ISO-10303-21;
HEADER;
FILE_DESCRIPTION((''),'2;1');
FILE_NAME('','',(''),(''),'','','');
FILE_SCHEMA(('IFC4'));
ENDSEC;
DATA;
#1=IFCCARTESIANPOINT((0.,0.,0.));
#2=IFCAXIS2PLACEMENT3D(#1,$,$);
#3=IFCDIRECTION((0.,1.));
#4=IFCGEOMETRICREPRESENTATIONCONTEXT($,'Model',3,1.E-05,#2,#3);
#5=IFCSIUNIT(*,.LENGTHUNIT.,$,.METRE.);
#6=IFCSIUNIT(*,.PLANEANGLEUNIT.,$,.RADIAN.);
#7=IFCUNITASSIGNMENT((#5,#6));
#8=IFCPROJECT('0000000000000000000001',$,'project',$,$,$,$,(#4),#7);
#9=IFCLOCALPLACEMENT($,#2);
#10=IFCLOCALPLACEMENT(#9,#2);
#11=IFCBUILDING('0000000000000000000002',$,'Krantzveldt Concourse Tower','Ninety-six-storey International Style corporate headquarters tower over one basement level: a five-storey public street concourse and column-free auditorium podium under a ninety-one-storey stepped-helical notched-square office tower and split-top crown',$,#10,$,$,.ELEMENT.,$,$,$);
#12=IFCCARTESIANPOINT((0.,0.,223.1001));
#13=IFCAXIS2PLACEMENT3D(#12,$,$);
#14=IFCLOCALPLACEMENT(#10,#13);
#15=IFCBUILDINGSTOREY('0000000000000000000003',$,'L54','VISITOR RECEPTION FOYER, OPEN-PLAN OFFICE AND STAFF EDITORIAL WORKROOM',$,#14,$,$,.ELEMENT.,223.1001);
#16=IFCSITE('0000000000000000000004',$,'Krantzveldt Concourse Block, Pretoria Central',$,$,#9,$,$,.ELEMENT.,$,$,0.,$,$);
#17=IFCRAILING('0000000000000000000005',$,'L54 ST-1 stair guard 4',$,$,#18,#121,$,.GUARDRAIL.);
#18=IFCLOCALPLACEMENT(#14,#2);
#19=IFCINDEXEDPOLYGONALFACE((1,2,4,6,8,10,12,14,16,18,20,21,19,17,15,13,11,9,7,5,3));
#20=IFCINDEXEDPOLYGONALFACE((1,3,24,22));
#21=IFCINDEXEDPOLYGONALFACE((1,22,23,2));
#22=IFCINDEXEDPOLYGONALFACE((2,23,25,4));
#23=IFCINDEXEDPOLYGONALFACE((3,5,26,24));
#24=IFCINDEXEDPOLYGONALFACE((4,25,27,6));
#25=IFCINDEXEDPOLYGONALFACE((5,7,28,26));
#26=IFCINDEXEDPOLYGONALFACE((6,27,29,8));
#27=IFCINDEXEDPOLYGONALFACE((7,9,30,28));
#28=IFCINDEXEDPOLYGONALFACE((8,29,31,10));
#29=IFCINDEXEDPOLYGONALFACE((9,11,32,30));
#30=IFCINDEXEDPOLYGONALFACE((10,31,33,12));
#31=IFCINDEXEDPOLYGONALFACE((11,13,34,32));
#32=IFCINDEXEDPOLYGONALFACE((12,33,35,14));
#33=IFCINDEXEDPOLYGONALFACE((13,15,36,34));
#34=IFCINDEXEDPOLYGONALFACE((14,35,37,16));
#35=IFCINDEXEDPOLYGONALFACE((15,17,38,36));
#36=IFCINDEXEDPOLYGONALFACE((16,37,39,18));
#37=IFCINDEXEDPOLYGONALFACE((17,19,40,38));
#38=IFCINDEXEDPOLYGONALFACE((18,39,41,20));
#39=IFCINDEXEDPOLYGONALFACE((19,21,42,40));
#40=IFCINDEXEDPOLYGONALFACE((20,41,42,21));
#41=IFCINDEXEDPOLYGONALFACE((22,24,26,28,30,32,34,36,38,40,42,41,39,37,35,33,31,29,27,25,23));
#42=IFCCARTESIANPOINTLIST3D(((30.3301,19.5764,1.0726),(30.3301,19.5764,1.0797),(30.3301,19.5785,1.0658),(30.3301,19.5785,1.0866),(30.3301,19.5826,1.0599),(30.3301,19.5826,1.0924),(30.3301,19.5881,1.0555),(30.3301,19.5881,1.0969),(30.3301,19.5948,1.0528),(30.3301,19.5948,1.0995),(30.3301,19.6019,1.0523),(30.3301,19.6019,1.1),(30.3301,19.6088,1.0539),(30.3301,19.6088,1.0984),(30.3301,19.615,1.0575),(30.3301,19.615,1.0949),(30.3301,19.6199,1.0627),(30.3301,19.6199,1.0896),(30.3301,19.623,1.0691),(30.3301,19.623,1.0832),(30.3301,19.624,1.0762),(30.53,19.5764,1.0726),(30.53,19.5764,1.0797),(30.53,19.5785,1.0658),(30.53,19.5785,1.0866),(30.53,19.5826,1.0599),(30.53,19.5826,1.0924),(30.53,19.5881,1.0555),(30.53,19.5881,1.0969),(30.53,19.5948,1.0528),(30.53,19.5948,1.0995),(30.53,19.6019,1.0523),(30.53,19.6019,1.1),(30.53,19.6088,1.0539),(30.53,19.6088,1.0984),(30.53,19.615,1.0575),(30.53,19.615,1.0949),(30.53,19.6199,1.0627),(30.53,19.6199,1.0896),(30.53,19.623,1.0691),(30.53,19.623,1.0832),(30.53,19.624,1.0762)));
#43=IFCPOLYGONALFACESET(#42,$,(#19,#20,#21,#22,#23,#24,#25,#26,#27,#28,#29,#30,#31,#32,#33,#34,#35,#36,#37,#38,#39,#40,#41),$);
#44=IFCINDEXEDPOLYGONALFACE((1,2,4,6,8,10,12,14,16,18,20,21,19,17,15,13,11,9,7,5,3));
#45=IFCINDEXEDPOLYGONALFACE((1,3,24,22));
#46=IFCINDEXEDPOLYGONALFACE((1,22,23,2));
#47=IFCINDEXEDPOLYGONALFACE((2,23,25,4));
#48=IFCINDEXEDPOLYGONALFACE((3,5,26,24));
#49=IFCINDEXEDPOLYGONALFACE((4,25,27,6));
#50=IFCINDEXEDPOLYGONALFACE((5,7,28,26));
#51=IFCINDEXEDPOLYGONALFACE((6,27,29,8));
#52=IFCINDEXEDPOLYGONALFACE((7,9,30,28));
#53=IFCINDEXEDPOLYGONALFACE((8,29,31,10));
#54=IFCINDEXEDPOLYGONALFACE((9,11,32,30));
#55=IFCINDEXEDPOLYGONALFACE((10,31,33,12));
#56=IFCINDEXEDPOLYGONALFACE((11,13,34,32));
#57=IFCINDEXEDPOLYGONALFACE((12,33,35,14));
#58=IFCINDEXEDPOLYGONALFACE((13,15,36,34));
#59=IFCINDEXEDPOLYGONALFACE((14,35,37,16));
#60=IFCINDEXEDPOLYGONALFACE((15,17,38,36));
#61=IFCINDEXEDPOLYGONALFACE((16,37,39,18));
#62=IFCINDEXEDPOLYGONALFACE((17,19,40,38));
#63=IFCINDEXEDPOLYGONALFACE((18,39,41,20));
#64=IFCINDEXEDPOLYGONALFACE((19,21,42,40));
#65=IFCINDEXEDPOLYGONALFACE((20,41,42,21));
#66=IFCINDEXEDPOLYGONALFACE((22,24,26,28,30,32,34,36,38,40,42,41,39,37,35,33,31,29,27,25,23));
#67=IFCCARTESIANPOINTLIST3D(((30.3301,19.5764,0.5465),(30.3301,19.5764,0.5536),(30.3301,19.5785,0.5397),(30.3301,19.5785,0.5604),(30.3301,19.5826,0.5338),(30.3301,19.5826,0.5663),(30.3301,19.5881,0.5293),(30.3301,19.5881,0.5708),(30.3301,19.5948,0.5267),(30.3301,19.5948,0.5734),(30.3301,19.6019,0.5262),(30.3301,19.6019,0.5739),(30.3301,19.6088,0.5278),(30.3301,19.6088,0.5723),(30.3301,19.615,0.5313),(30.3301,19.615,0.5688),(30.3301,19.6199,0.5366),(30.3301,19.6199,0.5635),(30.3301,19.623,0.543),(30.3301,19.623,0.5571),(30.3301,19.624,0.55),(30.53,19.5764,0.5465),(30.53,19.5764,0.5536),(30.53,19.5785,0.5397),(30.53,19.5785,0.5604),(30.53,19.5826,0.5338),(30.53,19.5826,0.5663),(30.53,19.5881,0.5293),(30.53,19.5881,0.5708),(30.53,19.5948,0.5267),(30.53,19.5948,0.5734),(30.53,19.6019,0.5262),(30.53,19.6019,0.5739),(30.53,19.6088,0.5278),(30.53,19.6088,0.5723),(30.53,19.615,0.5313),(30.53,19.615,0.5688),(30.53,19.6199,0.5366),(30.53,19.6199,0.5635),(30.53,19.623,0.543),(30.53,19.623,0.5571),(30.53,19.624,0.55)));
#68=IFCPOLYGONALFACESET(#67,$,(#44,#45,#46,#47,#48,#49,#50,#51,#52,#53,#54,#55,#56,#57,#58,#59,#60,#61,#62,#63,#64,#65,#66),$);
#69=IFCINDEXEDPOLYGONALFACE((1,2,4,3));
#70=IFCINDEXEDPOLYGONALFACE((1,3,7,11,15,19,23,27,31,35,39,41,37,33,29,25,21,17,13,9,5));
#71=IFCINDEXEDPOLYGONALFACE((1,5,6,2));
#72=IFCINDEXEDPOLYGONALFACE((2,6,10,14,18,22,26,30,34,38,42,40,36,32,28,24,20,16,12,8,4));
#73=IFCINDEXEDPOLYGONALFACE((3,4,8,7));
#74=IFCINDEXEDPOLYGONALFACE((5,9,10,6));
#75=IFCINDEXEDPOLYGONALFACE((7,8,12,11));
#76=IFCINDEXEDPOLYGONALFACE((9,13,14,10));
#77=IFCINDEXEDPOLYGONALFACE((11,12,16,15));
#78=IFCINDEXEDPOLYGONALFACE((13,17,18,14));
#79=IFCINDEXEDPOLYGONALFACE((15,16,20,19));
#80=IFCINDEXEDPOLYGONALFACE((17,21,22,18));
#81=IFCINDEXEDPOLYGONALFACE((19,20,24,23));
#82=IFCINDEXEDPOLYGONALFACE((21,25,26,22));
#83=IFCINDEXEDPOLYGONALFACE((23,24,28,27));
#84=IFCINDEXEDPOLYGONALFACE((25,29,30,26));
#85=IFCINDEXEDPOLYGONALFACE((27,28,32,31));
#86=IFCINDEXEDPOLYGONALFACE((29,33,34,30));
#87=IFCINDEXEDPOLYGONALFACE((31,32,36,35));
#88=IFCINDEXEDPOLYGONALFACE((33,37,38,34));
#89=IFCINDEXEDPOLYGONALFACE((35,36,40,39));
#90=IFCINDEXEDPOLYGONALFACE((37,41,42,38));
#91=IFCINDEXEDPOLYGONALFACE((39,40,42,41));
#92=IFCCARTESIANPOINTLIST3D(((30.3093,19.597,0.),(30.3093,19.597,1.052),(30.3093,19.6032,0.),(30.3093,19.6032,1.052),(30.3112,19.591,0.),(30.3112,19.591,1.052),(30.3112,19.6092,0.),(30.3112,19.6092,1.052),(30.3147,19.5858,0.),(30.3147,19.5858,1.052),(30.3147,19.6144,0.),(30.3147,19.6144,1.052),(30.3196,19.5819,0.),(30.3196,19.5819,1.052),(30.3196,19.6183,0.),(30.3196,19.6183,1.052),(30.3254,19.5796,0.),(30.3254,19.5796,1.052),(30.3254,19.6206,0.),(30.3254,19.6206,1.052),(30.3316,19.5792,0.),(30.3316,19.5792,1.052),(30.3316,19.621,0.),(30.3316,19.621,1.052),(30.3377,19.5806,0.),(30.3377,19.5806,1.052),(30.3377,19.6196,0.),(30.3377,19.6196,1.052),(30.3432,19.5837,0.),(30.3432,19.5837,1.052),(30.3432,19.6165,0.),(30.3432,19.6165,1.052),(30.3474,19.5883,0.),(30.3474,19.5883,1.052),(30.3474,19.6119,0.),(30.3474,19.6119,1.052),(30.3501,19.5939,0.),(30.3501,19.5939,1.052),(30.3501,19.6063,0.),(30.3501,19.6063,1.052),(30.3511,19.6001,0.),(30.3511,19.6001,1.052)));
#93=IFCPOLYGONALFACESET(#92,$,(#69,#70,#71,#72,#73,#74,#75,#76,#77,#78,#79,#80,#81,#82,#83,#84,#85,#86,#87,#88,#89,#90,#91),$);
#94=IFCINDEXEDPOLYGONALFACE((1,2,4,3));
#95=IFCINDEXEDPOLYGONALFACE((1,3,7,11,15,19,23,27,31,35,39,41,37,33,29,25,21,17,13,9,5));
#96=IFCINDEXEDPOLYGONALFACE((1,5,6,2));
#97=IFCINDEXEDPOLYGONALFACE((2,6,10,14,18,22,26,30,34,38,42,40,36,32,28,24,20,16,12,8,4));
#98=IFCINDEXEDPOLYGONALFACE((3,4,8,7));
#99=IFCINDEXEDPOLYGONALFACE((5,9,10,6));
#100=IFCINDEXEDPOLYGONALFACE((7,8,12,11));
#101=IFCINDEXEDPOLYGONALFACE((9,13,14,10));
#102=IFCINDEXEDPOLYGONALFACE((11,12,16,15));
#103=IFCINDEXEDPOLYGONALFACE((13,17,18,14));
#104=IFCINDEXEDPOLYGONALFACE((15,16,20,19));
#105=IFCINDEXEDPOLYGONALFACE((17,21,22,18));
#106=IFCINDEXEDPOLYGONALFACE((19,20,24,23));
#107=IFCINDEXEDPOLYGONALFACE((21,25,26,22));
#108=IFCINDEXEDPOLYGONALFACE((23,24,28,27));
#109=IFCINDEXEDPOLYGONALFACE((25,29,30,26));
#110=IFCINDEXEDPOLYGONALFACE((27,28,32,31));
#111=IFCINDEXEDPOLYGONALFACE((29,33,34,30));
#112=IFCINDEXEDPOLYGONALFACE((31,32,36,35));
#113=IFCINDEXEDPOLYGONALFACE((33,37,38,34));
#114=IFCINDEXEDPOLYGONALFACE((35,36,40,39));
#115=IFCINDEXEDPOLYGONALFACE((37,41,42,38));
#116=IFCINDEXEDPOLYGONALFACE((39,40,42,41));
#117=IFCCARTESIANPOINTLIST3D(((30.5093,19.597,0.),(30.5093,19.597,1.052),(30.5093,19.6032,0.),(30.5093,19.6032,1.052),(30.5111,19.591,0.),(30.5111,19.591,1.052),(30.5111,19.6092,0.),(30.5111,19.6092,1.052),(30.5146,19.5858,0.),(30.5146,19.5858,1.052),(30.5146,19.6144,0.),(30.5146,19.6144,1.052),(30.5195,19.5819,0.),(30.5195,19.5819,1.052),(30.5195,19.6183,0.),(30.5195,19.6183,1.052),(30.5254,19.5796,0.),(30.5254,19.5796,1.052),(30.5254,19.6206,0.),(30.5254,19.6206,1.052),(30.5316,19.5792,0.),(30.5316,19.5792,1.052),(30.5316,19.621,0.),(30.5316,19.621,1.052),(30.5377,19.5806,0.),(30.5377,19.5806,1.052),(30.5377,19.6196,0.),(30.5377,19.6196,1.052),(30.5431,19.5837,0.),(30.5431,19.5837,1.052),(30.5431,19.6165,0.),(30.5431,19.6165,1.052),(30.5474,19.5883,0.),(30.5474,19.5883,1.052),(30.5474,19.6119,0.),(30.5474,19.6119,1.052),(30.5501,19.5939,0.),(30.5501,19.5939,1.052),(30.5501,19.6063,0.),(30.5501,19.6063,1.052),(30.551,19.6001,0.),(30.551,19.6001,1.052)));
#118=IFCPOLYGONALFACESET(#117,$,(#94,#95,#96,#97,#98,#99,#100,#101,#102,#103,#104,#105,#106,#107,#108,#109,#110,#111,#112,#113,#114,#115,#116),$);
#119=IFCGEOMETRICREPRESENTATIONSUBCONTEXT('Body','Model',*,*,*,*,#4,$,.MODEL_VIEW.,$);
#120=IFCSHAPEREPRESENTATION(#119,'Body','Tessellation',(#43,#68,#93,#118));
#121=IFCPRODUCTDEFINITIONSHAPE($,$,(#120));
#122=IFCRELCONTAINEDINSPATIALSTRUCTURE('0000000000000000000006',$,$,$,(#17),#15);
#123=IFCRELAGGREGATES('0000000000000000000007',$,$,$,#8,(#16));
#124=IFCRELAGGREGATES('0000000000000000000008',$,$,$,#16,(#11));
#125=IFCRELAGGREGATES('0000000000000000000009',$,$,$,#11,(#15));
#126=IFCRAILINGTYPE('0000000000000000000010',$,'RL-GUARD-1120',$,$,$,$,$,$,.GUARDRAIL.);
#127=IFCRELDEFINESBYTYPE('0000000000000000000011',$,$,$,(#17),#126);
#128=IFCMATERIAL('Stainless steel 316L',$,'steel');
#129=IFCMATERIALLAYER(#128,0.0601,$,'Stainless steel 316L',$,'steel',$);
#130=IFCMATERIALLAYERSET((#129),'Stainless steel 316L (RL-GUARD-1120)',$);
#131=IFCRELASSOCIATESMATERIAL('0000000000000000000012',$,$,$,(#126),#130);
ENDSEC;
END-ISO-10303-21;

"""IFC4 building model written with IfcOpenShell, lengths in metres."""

from ifc_helpers import new_model, si_unit, direction, frame, origin, origin_2d, place, context, subcontext, project, spatial, circle, extrude, material, layer, layer_set, type_object, element, save


model = new_model("IFC4")

# Units and contexts
model_context = context("Model", 3, precision=1e-05, world=origin(), true_north=direction((0.0, 1.0)))
body_context = subcontext(model_context, "Body", "Model", "MODEL_VIEW")
ifc_project = project(units=[si_unit("LENGTHUNIT", "METRE"), si_unit("PLANEANGLEUNIT", "RADIAN")], contexts=[model_context])

# Site, building, storey
site_placement = place(None, origin())
site = spatial("IfcSite", under=ifc_project, at=site_placement, Name="Krantzveldt Concourse Block, Pretoria Central", CompositionType="ELEMENT", RefElevation=0.0)
building_placement = place(site_placement, origin())
building = spatial("IfcBuilding", under=site, at=building_placement, Name="Krantzveldt Concourse Tower", Description="Ninety-six-storey International Style corporate headquarters tower over one basement level: a five-storey public street concourse and column-free auditorium podium under a ninety-one-storey stepped-helical notched-square office tower and split-top crown", CompositionType="ELEMENT")
storey_placement = place(building_placement, frame((0.0, 0.0, 223.1001)))
storey = spatial("IfcBuildingStorey", under=building, at=storey_placement, Name="L54", Description="VISITOR RECEPTION FOYER, OPEN-PLAN OFFICE AND STAFF EDITORIAL WORKROOM", CompositionType="ELEMENT", Elevation=223.1001)

# Railing
ifc_material_1 = material(Name="Stainless steel 316L", Category="steel")
ifc_layer_1 = layer(ifc_material_1, 0.0601, Name="Stainless steel 316L", Category="steel")
ifc_layer_set_1 = layer_set([ifc_layer_1], Name="Stainless steel 316L (RL-GUARD-1120)")
railing_type_1 = type_object("IfcRailingType", Name="RL-GUARD-1120", PredefinedType="GUARDRAIL", material=ifc_layer_set_1)
railing_1_placement = place(storey_placement, frame((30.3301, 19.6001, 0.0)))
element("IfcRailing", 1, at=railing_1_placement, inside=storey, type_object=railing_type_1, Name="L54 ST-1 stair guard 4", PredefinedType="GUARDRAIL", context=body_context, shape_type="SweptSolid", body=[
    extrude(circle(Radius=0.0239, at=origin_2d()), frame((0.0, 0.0, 1.0762), z_axis=(1.0, 0.0, 0.0), x_axis=(0.0, 1.0, 0.0)), (0.0, 0.0, 1.0), 0.2),
    extrude(circle(Radius=0.0239, at=origin_2d()), frame((0.0, 0.0, 0.55), z_axis=(1.0, 0.0, 0.0), x_axis=(0.0, 1.0, 0.0)), (0.0, 0.0, 1.0), 0.2),
    extrude(circle(Radius=0.021, at=origin_2d()), origin(), (0.0, 0.0, 1.0), 1.052),
    extrude(circle(Radius=0.021, at=origin_2d()), frame((0.2, 0.0, 0.0)), (0.0, 0.0, 1.0), 1.052),
])

save(model, "model.ifc")
